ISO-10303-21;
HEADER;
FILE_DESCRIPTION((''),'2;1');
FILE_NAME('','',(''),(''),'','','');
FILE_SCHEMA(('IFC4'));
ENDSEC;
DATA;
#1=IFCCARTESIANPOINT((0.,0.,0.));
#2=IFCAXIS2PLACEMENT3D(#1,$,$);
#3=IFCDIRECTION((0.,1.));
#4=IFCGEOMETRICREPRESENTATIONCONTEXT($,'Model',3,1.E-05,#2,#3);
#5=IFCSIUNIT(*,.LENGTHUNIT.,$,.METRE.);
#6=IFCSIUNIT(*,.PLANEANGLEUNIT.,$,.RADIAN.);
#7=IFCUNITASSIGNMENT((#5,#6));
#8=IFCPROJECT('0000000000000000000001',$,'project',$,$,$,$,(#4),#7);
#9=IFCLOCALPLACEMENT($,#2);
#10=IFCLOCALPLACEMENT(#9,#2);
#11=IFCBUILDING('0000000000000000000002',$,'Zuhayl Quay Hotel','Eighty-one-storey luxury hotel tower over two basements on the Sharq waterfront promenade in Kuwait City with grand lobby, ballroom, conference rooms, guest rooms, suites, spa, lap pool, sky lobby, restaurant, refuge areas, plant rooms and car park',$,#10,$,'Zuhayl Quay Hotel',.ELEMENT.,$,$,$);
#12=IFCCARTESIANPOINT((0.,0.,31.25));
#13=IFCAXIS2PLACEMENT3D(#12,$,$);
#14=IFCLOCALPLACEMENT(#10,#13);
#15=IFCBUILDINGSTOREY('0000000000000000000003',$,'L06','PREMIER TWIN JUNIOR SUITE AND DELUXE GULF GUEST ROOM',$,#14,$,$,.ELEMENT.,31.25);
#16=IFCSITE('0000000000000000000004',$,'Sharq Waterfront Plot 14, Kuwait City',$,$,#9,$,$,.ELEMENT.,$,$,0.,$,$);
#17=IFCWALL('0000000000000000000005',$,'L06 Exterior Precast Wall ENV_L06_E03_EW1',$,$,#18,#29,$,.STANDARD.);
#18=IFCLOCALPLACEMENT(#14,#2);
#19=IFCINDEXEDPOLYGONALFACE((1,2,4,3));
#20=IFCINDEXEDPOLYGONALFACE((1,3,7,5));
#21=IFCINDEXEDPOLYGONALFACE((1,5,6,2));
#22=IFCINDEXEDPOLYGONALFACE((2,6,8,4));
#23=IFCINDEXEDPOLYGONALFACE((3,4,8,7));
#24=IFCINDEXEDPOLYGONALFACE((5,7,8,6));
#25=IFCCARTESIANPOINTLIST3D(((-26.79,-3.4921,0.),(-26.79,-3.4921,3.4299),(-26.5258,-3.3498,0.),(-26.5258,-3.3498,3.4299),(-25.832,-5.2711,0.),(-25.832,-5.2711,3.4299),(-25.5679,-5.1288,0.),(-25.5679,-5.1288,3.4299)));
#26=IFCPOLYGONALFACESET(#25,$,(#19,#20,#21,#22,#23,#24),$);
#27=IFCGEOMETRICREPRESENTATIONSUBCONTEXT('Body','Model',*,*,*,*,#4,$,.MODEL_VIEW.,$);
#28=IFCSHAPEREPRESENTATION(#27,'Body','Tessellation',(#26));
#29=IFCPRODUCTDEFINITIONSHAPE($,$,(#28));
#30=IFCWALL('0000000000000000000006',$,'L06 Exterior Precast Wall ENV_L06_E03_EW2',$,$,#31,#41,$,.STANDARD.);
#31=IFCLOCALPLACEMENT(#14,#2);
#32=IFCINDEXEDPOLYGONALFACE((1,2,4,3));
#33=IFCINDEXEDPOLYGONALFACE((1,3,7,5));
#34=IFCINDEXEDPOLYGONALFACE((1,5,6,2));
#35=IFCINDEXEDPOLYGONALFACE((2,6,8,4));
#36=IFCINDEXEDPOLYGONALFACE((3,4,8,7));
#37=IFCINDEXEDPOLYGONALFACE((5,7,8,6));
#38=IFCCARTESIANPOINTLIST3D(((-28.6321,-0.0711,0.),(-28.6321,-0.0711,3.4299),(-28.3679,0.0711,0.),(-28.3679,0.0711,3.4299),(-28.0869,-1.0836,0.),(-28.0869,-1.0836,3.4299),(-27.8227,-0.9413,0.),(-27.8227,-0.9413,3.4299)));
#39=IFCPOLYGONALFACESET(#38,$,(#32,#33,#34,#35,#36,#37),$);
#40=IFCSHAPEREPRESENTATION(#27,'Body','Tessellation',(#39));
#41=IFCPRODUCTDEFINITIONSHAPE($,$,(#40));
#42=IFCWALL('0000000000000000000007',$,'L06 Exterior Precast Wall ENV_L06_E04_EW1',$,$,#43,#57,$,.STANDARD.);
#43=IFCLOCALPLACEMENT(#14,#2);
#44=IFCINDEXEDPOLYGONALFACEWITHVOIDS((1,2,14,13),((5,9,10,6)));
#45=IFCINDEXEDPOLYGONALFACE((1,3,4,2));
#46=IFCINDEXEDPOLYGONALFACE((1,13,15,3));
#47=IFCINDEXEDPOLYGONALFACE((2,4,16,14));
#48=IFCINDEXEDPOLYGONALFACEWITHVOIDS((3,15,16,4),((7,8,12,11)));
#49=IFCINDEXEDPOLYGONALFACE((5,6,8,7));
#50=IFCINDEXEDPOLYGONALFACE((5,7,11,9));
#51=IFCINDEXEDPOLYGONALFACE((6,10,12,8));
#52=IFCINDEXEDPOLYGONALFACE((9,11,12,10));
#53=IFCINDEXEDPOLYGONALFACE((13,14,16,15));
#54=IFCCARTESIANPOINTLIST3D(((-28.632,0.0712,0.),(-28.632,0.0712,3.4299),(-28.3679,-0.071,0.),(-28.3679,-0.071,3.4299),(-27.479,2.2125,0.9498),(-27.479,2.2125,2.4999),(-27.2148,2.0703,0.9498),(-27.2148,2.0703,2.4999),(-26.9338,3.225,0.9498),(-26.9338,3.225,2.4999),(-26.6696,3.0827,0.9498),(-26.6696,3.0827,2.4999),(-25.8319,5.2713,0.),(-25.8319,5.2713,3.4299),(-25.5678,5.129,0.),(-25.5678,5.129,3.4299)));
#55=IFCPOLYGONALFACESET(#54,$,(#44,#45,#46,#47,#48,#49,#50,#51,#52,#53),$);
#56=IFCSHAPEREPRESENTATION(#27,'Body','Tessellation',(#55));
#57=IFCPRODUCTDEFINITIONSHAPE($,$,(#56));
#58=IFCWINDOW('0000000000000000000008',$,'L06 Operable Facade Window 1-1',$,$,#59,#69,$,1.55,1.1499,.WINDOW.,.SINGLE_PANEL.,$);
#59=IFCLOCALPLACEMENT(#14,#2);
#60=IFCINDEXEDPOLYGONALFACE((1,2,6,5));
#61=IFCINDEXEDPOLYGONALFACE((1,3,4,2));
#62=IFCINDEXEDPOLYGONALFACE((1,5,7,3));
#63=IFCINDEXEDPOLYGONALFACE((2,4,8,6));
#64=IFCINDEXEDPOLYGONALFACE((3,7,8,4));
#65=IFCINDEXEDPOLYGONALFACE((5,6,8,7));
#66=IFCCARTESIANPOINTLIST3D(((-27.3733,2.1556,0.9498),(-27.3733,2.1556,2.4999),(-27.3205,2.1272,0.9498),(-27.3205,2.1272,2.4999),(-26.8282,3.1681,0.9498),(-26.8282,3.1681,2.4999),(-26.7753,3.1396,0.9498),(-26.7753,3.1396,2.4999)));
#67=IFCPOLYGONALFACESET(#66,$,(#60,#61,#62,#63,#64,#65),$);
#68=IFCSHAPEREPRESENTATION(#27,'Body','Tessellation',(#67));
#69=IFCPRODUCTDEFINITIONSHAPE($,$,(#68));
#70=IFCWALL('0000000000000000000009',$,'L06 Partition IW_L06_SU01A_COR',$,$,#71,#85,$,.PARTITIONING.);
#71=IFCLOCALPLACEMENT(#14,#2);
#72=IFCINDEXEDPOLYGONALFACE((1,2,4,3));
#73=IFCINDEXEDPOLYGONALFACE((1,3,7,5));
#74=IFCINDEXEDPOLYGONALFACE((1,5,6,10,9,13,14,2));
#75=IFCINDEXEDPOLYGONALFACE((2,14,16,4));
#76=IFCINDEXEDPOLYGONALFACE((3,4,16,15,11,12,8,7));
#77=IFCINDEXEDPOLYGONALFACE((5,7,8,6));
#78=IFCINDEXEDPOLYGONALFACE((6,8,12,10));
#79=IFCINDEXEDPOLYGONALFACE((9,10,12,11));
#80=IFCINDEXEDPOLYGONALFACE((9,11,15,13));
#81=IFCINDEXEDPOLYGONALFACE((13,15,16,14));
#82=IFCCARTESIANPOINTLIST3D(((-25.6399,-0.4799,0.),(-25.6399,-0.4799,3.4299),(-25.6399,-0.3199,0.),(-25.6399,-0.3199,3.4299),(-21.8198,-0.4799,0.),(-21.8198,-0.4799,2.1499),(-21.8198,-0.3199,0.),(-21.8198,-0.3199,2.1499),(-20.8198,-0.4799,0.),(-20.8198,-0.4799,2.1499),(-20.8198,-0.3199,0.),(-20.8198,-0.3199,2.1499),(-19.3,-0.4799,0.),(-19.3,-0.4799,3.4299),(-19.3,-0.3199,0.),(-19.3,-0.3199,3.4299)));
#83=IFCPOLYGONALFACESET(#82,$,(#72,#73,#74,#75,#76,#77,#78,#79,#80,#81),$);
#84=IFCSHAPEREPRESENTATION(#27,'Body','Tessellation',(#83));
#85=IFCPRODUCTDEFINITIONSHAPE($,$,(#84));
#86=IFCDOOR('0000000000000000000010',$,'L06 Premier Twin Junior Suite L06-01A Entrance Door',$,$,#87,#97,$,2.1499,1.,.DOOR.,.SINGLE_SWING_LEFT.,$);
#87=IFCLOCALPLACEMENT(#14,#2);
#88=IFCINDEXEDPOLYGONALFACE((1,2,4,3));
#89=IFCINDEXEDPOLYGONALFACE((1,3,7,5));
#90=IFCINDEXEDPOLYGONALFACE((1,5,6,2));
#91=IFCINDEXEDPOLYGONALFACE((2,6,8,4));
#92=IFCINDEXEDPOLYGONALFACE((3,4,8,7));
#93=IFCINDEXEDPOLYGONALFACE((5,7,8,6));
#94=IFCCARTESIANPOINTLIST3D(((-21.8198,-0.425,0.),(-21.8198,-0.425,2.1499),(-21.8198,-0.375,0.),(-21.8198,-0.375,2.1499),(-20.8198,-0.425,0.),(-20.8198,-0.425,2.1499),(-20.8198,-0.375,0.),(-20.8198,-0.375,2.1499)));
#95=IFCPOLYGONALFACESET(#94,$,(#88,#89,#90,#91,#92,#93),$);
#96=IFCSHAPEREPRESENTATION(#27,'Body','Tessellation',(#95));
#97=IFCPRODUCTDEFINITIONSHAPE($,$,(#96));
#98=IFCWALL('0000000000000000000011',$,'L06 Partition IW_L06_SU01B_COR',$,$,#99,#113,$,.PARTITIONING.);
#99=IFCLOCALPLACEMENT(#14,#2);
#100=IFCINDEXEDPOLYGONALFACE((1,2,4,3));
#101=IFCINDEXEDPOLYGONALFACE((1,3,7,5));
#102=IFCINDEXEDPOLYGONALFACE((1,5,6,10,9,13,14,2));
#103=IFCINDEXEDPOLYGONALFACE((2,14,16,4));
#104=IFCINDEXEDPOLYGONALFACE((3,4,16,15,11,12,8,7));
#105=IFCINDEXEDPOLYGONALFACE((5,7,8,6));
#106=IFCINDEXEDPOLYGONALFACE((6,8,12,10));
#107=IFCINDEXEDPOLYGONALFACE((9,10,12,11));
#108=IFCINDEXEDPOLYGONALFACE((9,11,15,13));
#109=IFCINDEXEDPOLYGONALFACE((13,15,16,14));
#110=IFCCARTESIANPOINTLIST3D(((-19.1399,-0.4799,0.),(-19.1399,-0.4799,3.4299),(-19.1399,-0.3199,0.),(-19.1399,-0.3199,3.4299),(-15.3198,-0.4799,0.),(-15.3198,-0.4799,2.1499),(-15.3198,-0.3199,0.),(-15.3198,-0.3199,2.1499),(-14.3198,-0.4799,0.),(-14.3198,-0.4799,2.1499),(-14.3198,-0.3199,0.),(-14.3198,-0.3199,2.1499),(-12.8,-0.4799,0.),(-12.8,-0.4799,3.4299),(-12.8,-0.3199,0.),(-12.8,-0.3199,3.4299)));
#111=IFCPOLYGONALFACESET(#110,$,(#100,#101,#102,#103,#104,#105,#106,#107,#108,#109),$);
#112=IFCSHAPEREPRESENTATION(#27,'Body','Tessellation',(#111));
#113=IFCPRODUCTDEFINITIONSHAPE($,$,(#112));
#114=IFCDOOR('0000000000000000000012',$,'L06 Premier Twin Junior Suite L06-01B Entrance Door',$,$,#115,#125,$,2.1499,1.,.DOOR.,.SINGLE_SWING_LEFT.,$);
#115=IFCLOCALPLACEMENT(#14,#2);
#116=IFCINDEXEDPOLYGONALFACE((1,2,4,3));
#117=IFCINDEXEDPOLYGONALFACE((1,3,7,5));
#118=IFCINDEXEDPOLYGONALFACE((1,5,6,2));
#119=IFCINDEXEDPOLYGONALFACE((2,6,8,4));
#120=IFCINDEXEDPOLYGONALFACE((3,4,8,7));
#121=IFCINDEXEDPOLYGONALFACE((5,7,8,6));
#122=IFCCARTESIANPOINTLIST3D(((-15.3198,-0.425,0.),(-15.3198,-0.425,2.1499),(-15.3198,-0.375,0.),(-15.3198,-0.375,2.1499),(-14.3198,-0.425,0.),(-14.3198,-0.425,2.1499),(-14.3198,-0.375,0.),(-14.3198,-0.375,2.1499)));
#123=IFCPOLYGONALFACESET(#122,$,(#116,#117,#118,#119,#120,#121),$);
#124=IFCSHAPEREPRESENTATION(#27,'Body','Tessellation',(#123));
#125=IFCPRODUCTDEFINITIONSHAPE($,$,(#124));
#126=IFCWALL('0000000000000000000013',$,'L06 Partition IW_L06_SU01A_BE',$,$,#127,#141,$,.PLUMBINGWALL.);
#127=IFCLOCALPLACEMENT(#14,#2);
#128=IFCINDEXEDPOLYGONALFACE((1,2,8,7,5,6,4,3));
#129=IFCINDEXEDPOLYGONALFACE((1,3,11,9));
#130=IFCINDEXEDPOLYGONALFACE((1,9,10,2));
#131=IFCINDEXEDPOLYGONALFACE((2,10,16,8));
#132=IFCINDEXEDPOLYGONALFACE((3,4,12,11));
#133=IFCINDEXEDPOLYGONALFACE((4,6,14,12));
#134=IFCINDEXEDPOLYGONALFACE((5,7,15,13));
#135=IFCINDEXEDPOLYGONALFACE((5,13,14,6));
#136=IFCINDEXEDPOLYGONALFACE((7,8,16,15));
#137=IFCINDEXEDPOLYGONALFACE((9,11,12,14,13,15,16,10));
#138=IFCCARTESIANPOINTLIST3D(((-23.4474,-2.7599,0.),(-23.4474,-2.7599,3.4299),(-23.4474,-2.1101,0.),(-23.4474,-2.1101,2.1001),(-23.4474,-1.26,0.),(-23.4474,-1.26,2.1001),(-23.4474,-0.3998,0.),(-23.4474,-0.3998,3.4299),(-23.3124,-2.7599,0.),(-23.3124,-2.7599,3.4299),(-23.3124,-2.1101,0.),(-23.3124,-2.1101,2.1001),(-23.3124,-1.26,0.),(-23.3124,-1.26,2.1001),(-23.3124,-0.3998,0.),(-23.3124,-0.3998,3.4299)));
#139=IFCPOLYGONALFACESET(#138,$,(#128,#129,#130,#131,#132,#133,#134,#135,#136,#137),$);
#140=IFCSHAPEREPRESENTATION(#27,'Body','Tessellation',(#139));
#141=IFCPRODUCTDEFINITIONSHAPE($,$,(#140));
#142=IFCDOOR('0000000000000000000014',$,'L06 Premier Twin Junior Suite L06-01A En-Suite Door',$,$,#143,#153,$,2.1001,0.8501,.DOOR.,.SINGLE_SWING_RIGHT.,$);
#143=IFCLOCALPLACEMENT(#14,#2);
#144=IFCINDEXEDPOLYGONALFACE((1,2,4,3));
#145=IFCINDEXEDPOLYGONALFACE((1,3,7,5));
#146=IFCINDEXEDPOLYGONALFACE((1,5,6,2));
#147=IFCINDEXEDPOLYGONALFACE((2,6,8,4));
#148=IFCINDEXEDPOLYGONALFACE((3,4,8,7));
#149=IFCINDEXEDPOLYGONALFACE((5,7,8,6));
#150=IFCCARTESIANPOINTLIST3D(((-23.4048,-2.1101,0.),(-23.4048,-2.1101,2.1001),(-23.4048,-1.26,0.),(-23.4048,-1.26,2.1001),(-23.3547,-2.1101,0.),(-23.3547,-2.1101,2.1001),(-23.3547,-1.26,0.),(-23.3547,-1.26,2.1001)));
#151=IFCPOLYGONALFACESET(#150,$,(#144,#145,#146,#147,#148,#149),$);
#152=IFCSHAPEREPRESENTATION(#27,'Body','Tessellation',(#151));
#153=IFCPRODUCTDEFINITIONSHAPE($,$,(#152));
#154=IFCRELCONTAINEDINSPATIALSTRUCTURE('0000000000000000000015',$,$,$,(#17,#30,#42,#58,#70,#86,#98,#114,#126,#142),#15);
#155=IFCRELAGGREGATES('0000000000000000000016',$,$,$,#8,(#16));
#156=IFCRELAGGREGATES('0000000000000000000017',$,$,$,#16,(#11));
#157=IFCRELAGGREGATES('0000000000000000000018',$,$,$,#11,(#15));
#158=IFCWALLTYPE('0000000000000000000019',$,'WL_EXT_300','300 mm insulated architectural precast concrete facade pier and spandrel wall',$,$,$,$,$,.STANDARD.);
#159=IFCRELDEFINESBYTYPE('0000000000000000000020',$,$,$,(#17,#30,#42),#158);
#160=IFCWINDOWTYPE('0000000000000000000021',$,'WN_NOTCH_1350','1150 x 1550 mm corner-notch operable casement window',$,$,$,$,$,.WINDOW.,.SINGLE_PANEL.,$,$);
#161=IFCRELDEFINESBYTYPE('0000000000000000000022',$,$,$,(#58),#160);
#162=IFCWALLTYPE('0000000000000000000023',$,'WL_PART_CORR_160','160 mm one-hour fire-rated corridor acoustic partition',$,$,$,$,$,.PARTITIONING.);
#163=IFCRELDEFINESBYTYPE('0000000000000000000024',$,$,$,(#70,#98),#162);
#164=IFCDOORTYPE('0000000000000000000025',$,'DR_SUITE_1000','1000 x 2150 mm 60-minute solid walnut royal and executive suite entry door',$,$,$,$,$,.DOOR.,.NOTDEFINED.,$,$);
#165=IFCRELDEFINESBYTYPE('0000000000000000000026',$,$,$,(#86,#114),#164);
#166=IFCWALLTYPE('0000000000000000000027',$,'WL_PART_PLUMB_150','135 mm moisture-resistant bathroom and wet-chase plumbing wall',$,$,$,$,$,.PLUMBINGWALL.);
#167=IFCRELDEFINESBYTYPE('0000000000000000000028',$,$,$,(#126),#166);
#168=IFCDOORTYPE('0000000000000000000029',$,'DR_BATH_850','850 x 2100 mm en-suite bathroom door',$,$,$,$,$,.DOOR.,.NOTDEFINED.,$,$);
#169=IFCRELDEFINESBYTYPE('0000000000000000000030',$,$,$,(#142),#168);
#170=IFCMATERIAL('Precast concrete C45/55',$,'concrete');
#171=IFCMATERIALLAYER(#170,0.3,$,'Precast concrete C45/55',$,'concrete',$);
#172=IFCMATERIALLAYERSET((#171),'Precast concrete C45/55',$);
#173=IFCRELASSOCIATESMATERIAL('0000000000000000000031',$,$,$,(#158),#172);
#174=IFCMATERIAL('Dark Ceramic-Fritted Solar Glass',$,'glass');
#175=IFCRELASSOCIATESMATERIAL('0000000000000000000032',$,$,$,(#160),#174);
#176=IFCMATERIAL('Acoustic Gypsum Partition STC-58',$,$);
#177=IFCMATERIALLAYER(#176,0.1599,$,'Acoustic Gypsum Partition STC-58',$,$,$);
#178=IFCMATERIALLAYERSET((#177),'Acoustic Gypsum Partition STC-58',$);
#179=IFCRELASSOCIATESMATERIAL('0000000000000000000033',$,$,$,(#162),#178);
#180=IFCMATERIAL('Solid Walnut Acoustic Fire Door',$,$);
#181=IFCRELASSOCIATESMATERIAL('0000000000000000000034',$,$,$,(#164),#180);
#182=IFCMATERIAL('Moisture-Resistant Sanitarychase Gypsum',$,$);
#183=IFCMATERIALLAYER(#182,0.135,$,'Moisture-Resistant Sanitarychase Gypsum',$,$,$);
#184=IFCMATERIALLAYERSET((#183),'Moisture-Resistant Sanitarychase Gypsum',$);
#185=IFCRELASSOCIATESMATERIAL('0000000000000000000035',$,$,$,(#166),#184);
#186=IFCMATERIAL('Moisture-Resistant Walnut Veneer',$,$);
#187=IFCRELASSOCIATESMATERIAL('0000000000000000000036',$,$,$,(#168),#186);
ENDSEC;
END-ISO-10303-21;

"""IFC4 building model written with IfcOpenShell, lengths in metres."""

from ifc_helpers import new_model, si_unit, direction, frame, frame_2d, origin, place, context, subcontext, project, spatial, rectangle, extrude, material, layer, layer_set, type_object, element, fill, save


model = new_model("IFC4")

# Units and contexts
model_context = context("Model", 3, precision=1e-05, world=origin(), true_north=direction((0.0, 1.0)))
body_context = subcontext(model_context, "Body", "Model", "MODEL_VIEW")
ifc_project = project(units=[si_unit("LENGTHUNIT", "METRE"), si_unit("PLANEANGLEUNIT", "RADIAN")], contexts=[model_context])

# Site, building, storey
site_placement = place(None, origin())
site = spatial("IfcSite", under=ifc_project, at=site_placement, Name="Sharq Waterfront Plot 14, Kuwait City", CompositionType="ELEMENT", RefElevation=0.0)
building_placement = place(site_placement, origin())
building = spatial("IfcBuilding", under=site, at=building_placement, Name="Zuhayl Quay Hotel", Description="Eighty-one-storey luxury hotel tower over two basements on the Sharq waterfront promenade in Kuwait City with grand lobby, ballroom, conference rooms, guest rooms, suites, spa, lap pool, sky lobby, restaurant, refuge areas, plant rooms and car park", LongName="Zuhayl Quay Hotel", CompositionType="ELEMENT")
storey_placement = place(building_placement, frame((0.0, 0.0, 31.25)))
storey = spatial("IfcBuildingStorey", under=building, at=storey_placement, Name="L06", Description="PREMIER TWIN JUNIOR SUITE AND DELUXE GULF GUEST ROOM", CompositionType="ELEMENT", Elevation=31.25)

# Shared definitions
ifc_material_1 = material(Name="Dark Ceramic-Fritted Solar Glass", Category="glass")

# Walls
ifc_material_2 = material(Name="Precast concrete C45/55", Category="concrete")
ifc_layer_1 = layer(ifc_material_2, 0.3, Name="Precast concrete C45/55", Category="concrete")
ifc_layer_set_1 = layer_set([ifc_layer_1], Name="Precast concrete C45/55")
wall_type_1 = type_object("IfcWallType", Name="WL_EXT_300", Description="300 mm insulated architectural precast concrete facade pier and spandrel wall", PredefinedType="STANDARD", material=ifc_layer_set_1)
wall_1_placement = place(storey_placement, frame((-25.7, -5.2, 0.0), z_axis=(0.0, 0.0, 1.0), x_axis=(-0.474121, 0.880459, 0.0)))
element("IfcWall", 1, at=wall_1_placement, inside=storey, type_object=wall_type_1, Name="L06 Exterior Precast Wall ENV_L06_E03_EW1", PredefinedType="STANDARD", context=body_context, shape_type="SweptSolid", body=[
    extrude(rectangle(XDim=2.0205, YDim=0.3, at=frame_2d((1.0103, 0.0))), origin(), (0.0, 0.0, 1.0), 3.4299),
])
wall_2_placement = place(storey_placement, frame((-27.9548, -1.0125, 0.0), z_axis=(0.0, 0.0, 1.0), x_axis=(-0.4741, 0.880471, 0.0)))
element("IfcWall", 2, at=wall_2_placement, inside=storey, type_object=wall_type_1, Name="L06 Exterior Precast Wall ENV_L06_E03_EW2", PredefinedType="STANDARD", context=body_context, shape_type="SweptSolid", body=[
    extrude(rectangle(XDim=1.1499, YDim=0.3, at=frame_2d((0.575, 0.0))), origin(), (0.0, 0.0, 1.0), 3.4299),
])

# Wall, opening, window
wall_3_placement = place(storey_placement, frame((-28.5, 0.0, 0.0), z_axis=(0.0, 0.0, 1.0), x_axis=(0.47411, 0.880466, 0.0)))
wall_3 = element("IfcWall", 3, at=wall_3_placement, inside=storey, type_object=wall_type_1, Name="L06 Exterior Precast Wall ENV_L06_E04_EW1", PredefinedType="STANDARD", context=body_context, shape_type="SweptSolid", body=[
    extrude(rectangle(XDim=5.906, YDim=0.3, at=frame_2d((2.9531, 0.0))), origin(), (0.0, 0.0, 1.0), 3.4299),
])
opening_1_placement = place(wall_3_placement, frame((2.4321, 0.0, 0.95)))
opening_1 = element("IfcOpeningElement", 4, at=opening_1_placement, cuts=wall_3, PredefinedType="OPENING", context=body_context, shape_type="SweptSolid", body=[
    extrude(rectangle(XDim=1.1499, YDim=1.55, at=frame_2d((0.575, 0.7749))), frame((0.0, 0.1599, 0.0), z_axis=(0.0, -1.0, 0.0), x_axis=(1.0, 0.0, 0.0)), (0.0, 0.0, 1.0), 0.3201),
])
window_type = type_object("IfcWindowType", Name="WN_NOTCH_1350", Description="1150 x 1550 mm corner-notch operable casement window", PartitioningType="SINGLE_PANEL", PredefinedType="WINDOW", material=ifc_material_1)
window_placement = place(opening_1_placement, origin())
window = element("IfcWindow", 5, at=window_placement, inside=storey, type_object=window_type, Name="L06 Operable Facade Window 1-1", OverallHeight=1.55, OverallWidth=1.1499, PartitioningType="SINGLE_PANEL", PredefinedType="WINDOW", context=body_context, shape_type="SweptSolid", body=[
    extrude(rectangle(XDim=1.1499, YDim=1.55, at=frame_2d((0.575, 0.7749))), frame((0.0, 0.03, 0.0), z_axis=(0.0, -1.0, 0.0), x_axis=(1.0, 0.0, 0.0)), (0.0, 0.0, 1.0), 0.0601),
])
fill(opening_1, window)

# Walls, openings, doors
ifc_material_3 = material(Name="Acoustic Gypsum Partition STC-58")
ifc_layer_2 = layer(ifc_material_3, 0.1599, Name="Acoustic Gypsum Partition STC-58")
ifc_layer_set_2 = layer_set([ifc_layer_2], Name="Acoustic Gypsum Partition STC-58")
wall_type_2 = type_object("IfcWallType", Name="WL_PART_CORR_160", Description="160 mm one-hour fire-rated corridor acoustic partition", PredefinedType="PARTITIONING", material=ifc_layer_set_2)
wall_4_placement = place(storey_placement, frame((-25.6399, -0.3999, 0.0), z_axis=(0.0, 0.0, 1.0), x_axis=(1.0, 0.0, 0.0)))
wall_4 = element("IfcWall", 6, at=wall_4_placement, inside=storey, type_object=wall_type_2, Name="L06 Partition IW_L06_SU01A_COR", PredefinedType="PARTITIONING", context=body_context, shape_type="SweptSolid", body=[
    extrude(rectangle(XDim=6.3398, YDim=0.1599, at=frame_2d((3.1699, 0.0))), origin(), (0.0, 0.0, 1.0), 3.4299),
])
opening_2_placement = place(wall_4_placement, frame((3.8201, 0.0, 0.0)))
opening_2 = element("IfcOpeningElement", 7, at=opening_2_placement, cuts=wall_4, PredefinedType="OPENING", context=body_context, shape_type="SweptSolid", body=[
    extrude(rectangle(XDim=1.0, YDim=2.1499, at=frame_2d((0.5, 1.075))), frame((0.0, 0.0898, 0.0), z_axis=(0.0, -1.0, 0.0), x_axis=(1.0, 0.0, 0.0)), (0.0, 0.0, 1.0), 0.1799),
])
ifc_material_4 = material(Name="Solid Walnut Acoustic Fire Door")
door_type_1 = type_object("IfcDoorType", Name="DR_SUITE_1000", Description="1000 x 2150 mm 60-minute solid walnut royal and executive suite entry door", OperationType="NOTDEFINED", PredefinedType="DOOR", material=ifc_material_4)
door_1_placement = place(opening_2_placement, origin())
door_1 = element("IfcDoor", 8, at=door_1_placement, inside=storey, type_object=door_type_1, Name="L06 Premier Twin Junior Suite L06-01A Entrance Door", OperationType="SINGLE_SWING_LEFT", OverallHeight=2.1499, OverallWidth=1.0, PredefinedType="DOOR", context=body_context, shape_type="SweptSolid", body=[
    extrude(rectangle(XDim=1.0, YDim=2.1499, at=frame_2d((0.5, 1.075))), frame((0.0, 0.0249, 0.0), z_axis=(0.0, -1.0, 0.0), x_axis=(1.0, 0.0, 0.0)), (0.0, 0.0, 1.0), 0.05),
])
fill(opening_2, door_1)
wall_5_placement = place(storey_placement, frame((-19.1399, -0.3999, 0.0), z_axis=(0.0, 0.0, 1.0), x_axis=(1.0, 0.0, 0.0)))
wall_5 = element("IfcWall", 9, at=wall_5_placement, inside=storey, type_object=wall_type_2, Name="L06 Partition IW_L06_SU01B_COR", PredefinedType="PARTITIONING", context=body_context, shape_type="SweptSolid", body=[
    extrude(rectangle(XDim=6.3398, YDim=0.1599, at=frame_2d((3.1699, 0.0))), origin(), (0.0, 0.0, 1.0), 3.4299),
])
opening_3_placement = place(wall_5_placement, frame((3.8201, 0.0, 0.0)))
opening_3 = element("IfcOpeningElement", 10, at=opening_3_placement, cuts=wall_5, PredefinedType="OPENING", context=body_context, shape_type="SweptSolid", body=[
    extrude(rectangle(XDim=1.0, YDim=2.1499, at=frame_2d((0.5, 1.075))), frame((0.0, 0.0898, 0.0), z_axis=(0.0, -1.0, 0.0), x_axis=(1.0, 0.0, 0.0)), (0.0, 0.0, 1.0), 0.1799),
])
door_2_placement = place(opening_3_placement, origin())
door_2 = element("IfcDoor", 11, at=door_2_placement, inside=storey, type_object=door_type_1, Name="L06 Premier Twin Junior Suite L06-01B Entrance Door", OperationType="SINGLE_SWING_LEFT", OverallHeight=2.1499, OverallWidth=1.0, PredefinedType="DOOR", context=body_context, shape_type="SweptSolid", body=[
    extrude(rectangle(XDim=1.0, YDim=2.1499, at=frame_2d((0.5, 1.075))), frame((0.0, 0.0249, 0.0), z_axis=(0.0, -1.0, 0.0), x_axis=(1.0, 0.0, 0.0)), (0.0, 0.0, 1.0), 0.05),
])
fill(opening_3, door_2)
ifc_material_5 = material(Name="Moisture-Resistant Sanitarychase Gypsum")
ifc_layer_3 = layer(ifc_material_5, 0.135, Name="Moisture-Resistant Sanitarychase Gypsum")
ifc_layer_set_3 = layer_set([ifc_layer_3], Name="Moisture-Resistant Sanitarychase Gypsum")
wall_type_3 = type_object("IfcWallType", Name="WL_PART_PLUMB_150", Description="135 mm moisture-resistant bathroom and wet-chase plumbing wall", PredefinedType="PLUMBINGWALL", material=ifc_layer_set_3)
wall_6_placement = place(storey_placement, frame((-23.3799, -2.76, 0.0), z_axis=(0.0, 0.0, 1.0), x_axis=(0.0, 1.0, 0.0)))
wall_6 = element("IfcWall", 12, at=wall_6_placement, inside=storey, type_object=wall_type_3, Name="L06 Partition IW_L06_SU01A_BE", PredefinedType="PLUMBINGWALL", context=body_context, shape_type="SweptSolid", body=[
    extrude(rectangle(XDim=2.3601, YDim=0.135, at=frame_2d((1.1802, 0.0))), origin(), (0.0, 0.0, 1.0), 3.4299),
])
opening_4_placement = place(wall_6_placement, frame((0.6499, 0.0, 0.0)))
opening_4 = element("IfcOpeningElement", 13, at=opening_4_placement, cuts=wall_6, PredefinedType="OPENING", context=body_context, shape_type="SweptSolid", body=[
    extrude(rectangle(XDim=0.8501, YDim=2.1001, at=frame_2d((0.425, 1.05))), frame((0.0, 0.0774, 0.0), z_axis=(0.0, -1.0, 0.0), x_axis=(1.0, 0.0, 0.0)), (0.0, 0.0, 1.0), 0.155),
])
ifc_material_6 = material(Name="Moisture-Resistant Walnut Veneer")
door_type_2 = type_object("IfcDoorType", Name="DR_BATH_850", Description="850 x 2100 mm en-suite bathroom door", OperationType="NOTDEFINED", PredefinedType="DOOR", material=ifc_material_6)
door_3_placement = place(opening_4_placement, origin())
door_3 = element("IfcDoor", 14, at=door_3_placement, inside=storey, type_object=door_type_2, Name="L06 Premier Twin Junior Suite L06-01A En-Suite Door", OperationType="SINGLE_SWING_RIGHT", OverallHeight=2.1001, OverallWidth=0.8501, PredefinedType="DOOR", context=body_context, shape_type="SweptSolid", body=[
    extrude(rectangle(XDim=0.8501, YDim=2.1001, at=frame_2d((0.425, 1.05))), frame((0.0, 0.0249, 0.0), z_axis=(0.0, -1.0, 0.0), x_axis=(1.0, 0.0, 0.0)), (0.0, 0.0, 1.0), 0.05),
])
fill(opening_4, door_3)

save(model, "model.ifc")
